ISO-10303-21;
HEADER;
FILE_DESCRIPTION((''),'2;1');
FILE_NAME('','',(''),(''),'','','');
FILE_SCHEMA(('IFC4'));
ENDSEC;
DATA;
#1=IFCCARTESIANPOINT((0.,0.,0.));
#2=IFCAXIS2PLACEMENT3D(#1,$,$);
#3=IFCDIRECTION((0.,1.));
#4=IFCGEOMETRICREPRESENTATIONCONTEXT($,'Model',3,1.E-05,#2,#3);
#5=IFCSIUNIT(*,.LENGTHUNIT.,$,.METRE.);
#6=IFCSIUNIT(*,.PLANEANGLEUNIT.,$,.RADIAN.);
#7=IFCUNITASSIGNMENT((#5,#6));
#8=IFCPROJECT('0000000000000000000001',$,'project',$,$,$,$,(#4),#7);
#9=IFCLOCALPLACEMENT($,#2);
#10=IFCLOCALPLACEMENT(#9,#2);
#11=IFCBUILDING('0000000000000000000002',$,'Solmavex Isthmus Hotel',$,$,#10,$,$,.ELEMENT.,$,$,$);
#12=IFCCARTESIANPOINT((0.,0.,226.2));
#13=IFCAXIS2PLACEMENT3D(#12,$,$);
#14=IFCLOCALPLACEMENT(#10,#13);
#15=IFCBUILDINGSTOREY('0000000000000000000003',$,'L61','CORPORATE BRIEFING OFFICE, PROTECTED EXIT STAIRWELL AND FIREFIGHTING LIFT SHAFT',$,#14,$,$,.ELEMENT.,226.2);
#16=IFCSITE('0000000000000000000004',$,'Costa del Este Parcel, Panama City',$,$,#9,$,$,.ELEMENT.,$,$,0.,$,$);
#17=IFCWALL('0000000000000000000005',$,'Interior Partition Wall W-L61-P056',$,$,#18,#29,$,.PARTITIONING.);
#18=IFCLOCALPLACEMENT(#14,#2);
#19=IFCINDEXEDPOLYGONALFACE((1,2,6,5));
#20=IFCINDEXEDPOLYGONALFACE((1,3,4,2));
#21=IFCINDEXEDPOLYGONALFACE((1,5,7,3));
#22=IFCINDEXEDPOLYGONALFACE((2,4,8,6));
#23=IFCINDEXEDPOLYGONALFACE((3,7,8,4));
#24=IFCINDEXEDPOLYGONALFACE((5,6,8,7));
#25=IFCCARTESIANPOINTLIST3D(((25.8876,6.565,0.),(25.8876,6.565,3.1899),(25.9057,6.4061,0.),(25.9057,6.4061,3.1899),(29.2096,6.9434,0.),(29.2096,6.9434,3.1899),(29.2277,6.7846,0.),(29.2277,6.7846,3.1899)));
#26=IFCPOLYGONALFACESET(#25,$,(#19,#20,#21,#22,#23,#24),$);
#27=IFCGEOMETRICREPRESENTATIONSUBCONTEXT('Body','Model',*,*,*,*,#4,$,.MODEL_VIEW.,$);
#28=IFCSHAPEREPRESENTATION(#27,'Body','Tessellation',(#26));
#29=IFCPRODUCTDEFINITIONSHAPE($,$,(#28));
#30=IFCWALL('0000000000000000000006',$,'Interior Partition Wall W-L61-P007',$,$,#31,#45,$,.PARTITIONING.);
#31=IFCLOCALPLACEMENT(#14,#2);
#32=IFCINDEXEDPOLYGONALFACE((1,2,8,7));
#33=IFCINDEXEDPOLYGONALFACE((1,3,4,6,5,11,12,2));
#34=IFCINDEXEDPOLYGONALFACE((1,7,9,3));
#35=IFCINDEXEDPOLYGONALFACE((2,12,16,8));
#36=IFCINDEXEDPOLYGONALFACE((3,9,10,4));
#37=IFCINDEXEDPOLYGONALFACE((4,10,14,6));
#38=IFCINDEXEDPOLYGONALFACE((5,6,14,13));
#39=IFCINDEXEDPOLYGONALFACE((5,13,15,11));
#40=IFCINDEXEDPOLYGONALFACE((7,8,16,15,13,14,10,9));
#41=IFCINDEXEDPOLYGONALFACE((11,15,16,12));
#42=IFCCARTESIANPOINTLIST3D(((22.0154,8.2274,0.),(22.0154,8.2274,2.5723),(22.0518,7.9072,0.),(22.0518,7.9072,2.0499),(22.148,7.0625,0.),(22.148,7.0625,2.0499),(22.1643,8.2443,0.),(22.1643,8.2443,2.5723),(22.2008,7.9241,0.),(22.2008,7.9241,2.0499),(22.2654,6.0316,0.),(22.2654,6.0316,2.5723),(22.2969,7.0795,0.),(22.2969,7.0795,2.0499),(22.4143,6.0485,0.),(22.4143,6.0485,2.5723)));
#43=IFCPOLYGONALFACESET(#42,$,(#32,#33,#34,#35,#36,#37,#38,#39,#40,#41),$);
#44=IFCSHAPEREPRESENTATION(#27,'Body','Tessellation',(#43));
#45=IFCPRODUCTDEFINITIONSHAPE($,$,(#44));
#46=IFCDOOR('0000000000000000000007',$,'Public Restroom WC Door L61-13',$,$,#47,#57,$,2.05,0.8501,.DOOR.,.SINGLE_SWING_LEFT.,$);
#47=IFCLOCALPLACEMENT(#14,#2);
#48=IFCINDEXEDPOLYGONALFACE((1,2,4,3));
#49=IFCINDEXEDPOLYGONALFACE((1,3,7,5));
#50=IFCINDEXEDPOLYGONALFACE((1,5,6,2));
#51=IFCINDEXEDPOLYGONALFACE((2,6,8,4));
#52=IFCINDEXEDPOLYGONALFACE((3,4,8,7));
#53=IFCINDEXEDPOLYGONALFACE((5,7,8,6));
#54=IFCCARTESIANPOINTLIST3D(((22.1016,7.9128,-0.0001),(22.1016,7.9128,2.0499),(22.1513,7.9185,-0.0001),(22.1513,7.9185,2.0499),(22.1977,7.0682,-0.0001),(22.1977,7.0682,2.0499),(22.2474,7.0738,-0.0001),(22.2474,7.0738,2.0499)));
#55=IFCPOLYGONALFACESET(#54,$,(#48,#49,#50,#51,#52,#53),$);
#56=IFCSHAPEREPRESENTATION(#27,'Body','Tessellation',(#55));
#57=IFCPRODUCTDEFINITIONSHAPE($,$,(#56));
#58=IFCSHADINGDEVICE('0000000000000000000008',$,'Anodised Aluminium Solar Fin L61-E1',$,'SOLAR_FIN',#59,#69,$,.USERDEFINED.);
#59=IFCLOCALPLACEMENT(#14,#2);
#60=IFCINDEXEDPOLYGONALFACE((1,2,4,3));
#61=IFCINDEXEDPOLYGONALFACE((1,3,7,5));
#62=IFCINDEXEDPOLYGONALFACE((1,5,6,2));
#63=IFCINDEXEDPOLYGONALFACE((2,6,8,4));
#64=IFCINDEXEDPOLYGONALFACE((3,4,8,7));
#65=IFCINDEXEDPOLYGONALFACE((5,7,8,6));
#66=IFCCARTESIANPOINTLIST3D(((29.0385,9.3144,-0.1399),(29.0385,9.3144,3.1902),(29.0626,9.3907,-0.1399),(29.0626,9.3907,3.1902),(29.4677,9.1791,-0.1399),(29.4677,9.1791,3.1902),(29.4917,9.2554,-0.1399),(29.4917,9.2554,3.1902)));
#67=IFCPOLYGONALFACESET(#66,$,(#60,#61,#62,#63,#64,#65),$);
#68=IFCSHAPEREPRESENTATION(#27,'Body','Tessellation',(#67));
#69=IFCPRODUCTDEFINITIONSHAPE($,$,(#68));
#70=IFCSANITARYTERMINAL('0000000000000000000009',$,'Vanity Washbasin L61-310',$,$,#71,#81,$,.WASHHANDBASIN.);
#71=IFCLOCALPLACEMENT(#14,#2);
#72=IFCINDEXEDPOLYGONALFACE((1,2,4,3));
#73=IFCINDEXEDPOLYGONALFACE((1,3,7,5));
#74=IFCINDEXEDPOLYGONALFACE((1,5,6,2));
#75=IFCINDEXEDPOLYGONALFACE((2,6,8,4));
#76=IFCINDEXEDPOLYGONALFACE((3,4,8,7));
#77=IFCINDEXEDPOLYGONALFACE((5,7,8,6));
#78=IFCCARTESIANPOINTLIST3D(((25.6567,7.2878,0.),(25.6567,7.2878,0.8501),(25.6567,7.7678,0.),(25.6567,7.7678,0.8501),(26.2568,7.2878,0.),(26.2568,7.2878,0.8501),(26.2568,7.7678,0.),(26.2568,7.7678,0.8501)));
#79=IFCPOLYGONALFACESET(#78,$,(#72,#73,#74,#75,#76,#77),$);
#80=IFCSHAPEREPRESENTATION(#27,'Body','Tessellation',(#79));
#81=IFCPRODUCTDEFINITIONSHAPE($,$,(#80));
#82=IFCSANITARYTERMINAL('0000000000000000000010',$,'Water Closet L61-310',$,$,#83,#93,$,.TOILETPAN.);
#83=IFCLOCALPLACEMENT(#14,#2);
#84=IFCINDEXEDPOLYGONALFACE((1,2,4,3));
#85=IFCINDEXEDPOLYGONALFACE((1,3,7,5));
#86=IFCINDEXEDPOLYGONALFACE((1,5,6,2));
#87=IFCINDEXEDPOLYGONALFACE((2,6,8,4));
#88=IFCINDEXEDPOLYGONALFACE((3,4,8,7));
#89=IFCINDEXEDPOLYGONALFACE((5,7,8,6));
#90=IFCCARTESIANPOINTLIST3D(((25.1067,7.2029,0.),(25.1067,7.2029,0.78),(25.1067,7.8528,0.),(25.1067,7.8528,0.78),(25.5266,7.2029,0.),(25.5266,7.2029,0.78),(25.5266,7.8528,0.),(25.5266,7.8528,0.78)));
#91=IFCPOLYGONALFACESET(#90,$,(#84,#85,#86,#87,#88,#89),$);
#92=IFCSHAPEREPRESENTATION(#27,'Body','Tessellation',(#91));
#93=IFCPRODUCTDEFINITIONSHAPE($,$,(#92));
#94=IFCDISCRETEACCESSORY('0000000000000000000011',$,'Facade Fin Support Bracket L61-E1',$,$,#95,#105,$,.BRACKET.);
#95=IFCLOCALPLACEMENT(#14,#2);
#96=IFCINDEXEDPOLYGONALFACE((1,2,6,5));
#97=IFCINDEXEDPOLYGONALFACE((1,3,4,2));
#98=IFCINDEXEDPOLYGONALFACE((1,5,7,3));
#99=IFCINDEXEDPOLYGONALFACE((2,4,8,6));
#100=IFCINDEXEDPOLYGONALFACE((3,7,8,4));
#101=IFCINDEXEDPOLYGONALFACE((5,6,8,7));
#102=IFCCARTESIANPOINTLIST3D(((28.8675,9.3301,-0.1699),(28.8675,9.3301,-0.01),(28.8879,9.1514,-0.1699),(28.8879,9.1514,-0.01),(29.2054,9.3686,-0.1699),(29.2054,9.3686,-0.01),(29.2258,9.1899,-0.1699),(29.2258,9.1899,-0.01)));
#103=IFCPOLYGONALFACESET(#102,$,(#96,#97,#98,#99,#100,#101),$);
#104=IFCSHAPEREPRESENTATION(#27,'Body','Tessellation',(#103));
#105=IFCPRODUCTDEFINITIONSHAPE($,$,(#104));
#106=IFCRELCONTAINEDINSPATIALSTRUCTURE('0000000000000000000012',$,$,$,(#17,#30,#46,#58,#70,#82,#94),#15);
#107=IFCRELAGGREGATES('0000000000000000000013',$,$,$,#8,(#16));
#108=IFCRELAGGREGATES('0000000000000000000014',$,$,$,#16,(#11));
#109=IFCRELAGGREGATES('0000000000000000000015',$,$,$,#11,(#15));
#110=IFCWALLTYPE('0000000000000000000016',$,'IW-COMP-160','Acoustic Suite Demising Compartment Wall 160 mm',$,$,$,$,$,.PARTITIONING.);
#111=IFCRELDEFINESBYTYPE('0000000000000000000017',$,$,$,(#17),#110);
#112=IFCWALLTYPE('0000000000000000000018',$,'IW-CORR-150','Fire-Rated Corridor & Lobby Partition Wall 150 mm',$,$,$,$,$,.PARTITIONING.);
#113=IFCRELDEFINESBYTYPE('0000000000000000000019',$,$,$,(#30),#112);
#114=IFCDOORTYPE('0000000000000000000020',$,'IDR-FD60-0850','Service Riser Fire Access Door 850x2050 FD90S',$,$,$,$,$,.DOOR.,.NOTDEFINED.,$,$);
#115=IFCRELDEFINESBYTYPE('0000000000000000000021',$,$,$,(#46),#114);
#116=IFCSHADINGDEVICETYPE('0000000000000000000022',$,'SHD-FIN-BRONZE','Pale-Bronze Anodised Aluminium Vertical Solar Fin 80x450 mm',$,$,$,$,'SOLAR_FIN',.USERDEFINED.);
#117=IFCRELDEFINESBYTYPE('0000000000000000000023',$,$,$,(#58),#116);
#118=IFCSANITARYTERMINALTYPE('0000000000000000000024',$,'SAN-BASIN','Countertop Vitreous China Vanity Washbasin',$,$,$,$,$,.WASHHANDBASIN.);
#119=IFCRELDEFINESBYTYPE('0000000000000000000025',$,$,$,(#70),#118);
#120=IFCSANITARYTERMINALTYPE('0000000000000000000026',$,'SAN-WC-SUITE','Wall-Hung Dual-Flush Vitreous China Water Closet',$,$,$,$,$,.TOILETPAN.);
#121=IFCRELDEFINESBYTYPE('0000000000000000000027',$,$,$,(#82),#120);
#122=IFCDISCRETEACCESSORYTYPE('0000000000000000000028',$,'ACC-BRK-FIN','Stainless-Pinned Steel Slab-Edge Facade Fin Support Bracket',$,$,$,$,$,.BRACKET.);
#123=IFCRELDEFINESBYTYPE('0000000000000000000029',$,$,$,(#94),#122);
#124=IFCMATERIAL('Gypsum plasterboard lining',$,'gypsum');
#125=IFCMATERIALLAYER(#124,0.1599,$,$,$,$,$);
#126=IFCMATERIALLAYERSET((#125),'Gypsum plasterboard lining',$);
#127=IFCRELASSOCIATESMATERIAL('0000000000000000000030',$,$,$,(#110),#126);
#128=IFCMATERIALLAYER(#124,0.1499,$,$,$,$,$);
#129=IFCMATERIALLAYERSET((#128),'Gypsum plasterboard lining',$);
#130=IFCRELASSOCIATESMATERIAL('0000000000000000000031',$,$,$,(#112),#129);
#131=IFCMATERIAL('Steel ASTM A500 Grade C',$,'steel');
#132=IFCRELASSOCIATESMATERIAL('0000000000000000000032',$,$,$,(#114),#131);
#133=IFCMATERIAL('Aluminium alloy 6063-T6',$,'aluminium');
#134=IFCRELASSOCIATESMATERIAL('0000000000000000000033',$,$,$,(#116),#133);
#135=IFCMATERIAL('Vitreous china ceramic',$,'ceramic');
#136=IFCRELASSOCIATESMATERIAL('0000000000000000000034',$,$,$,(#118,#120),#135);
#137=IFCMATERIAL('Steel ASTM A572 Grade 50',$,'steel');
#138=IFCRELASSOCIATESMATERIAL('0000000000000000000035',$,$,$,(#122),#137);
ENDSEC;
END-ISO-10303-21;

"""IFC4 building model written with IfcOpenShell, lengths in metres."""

from ifc_helpers import new_model, si_unit, direction, frame, frame_2d, origin, origin_2d, place, context, subcontext, project, spatial, rectangle, extrude, material, layer, layer_set, type_object, element, fill, save


model = new_model("IFC4")

# Units and contexts
model_context = context("Model", 3, precision=1e-05, world=origin(), true_north=direction((0.0, 1.0)))
body_context = subcontext(model_context, "Body", "Model", "MODEL_VIEW")
ifc_project = project(units=[si_unit("LENGTHUNIT", "METRE"), si_unit("PLANEANGLEUNIT", "RADIAN")], contexts=[model_context])

# Site, building, storey
site_placement = place(None, origin())
site = spatial("IfcSite", under=ifc_project, at=site_placement, Name="Costa del Este Parcel, Panama City", CompositionType="ELEMENT", RefElevation=0.0)
building_placement = place(site_placement, origin())
building = spatial("IfcBuilding", under=site, at=building_placement, Name="Solmavex Isthmus Hotel", CompositionType="ELEMENT")
storey_placement = place(building_placement, frame((0.0, 0.0, 226.2)))
storey = spatial("IfcBuildingStorey", under=building, at=storey_placement, Name="L61", Description="CORPORATE BRIEFING OFFICE, PROTECTED EXIT STAIRWELL AND FIREFIGHTING LIFT SHAFT", CompositionType="ELEMENT", Elevation=226.2)

# Shared definitions
ifc_material_1 = material(Name="Aluminium alloy 6063-T6", Category="aluminium")

# Wall
ifc_material_2 = material(Name="Gypsum plasterboard lining", Category="gypsum")
ifc_layer_1 = layer(ifc_material_2, 0.1599)
ifc_layer_set_1 = layer_set([ifc_layer_1], Name="Gypsum plasterboard lining")
wall_type_1 = type_object("IfcWallType", Name="IW-COMP-160", Description="Acoustic Suite Demising Compartment Wall 160 mm", PredefinedType="PARTITIONING", material=ifc_layer_set_1)
wall_1_placement = place(storey_placement, frame((29.2188, 6.864, 0.0), z_axis=(0.0, 0.0, 1.0), x_axis=(-0.993574, -0.11318, 0.0)))
element("IfcWall", 1, at=wall_1_placement, inside=storey, type_object=wall_type_1, Name="Interior Partition Wall W-L61-P056", PredefinedType="PARTITIONING", context=body_context, shape_type="SweptSolid", body=[
    extrude(rectangle(XDim=3.3435, YDim=0.1599, at=frame_2d((1.6719, 0.0))), origin(), (0.0, 0.0, 1.0), 3.1899),
])

# Wall, opening, door
ifc_layer_2 = layer(ifc_material_2, 0.1499)
ifc_layer_set_2 = layer_set([ifc_layer_2], Name="Gypsum plasterboard lining")
wall_type_2 = type_object("IfcWallType", Name="IW-CORR-150", Description="Fire-Rated Corridor & Lobby Partition Wall 150 mm", PredefinedType="PARTITIONING", material=ifc_layer_set_2)
wall_2_placement = place(storey_placement, frame((22.0898, 8.2358, 0.0), z_axis=(0.0, 0.0, 1.0), x_axis=(0.113123, -0.993581, 0.0)))
wall_2 = element("IfcWall", 2, at=wall_2_placement, inside=storey, type_object=wall_type_2, Name="Interior Partition Wall W-L61-P007", PredefinedType="PARTITIONING", context=body_context, shape_type="SweptSolid", body=[
    extrude(rectangle(XDim=2.21, YDim=0.1499, at=frame_2d((1.105, 0.0))), origin(), (0.0, 0.0, 1.0), 2.5723),
])
opening_1_placement = place(wall_2_placement, frame((0.3223, 0.0, 0.0)))
opening_1 = element("IfcOpeningElement", 3, at=opening_1_placement, cuts=wall_2, PredefinedType="OPENING", context=body_context, shape_type="SweptSolid", body=[
    extrude(rectangle(XDim=0.8501, YDim=2.05, at=frame_2d((0.425, 1.0249))), frame((0.0, 0.085, 0.0), z_axis=(0.0, -1.0, 0.0), x_axis=(1.0, 0.0, 0.0)), (0.0, 0.0, 1.0), 0.1699),
])
ifc_material_3 = material(Name="Steel ASTM A500 Grade C", Category="steel")
door_type_1 = type_object("IfcDoorType", Name="IDR-FD60-0850", Description="Service Riser Fire Access Door 850x2050 FD90S", OperationType="NOTDEFINED", PredefinedType="DOOR", material=ifc_material_3)
door_1_placement = place(opening_1_placement, frame((0.8501, 0.0, 0.0), z_axis=(0.0, 0.0, 1.0), x_axis=(-1.0, 0.0, 0.0)))
door_1 = element("IfcDoor", 4, at=door_1_placement, inside=storey, type_object=door_type_1, Name="Public Restroom WC Door L61-13", OperationType="SINGLE_SWING_LEFT", OverallHeight=2.05, OverallWidth=0.8501, PredefinedType="DOOR", context=body_context, shape_type="SweptSolid", body=[
    extrude(rectangle(XDim=0.8501, YDim=2.05, at=frame_2d((0.425, 1.0249))), frame((0.0, 0.0249, 0.0), z_axis=(0.0, -1.0, 0.0), x_axis=(1.0, 0.0, 0.0)), (0.0, 0.0, 1.0), 0.05),
])
fill(opening_1, door_1)

# Shading device
shading_device_type = type_object("IfcShadingDeviceType", Name="SHD-FIN-BRONZE", Description="Pale-Bronze Anodised Aluminium Vertical Solar Fin 80x450 mm", ElementType="SOLAR_FIN", PredefinedType="USERDEFINED", material=ifc_material_1)
shading_device_placement = place(storey_placement, frame((29.2651, 9.2849, -0.1399), z_axis=(0.0, 0.0, 1.0), x_axis=(0.953717, -0.300706, 0.0)))
element("IfcShadingDevice", 5, at=shading_device_placement, inside=storey, type_object=shading_device_type, Name="Anodised Aluminium Solar Fin L61-E1", ObjectType="SOLAR_FIN", PredefinedType="USERDEFINED", context=body_context, shape_type="SweptSolid", body=[
    extrude(rectangle(XDim=0.45, YDim=0.0801, at=origin_2d()), origin(), (0.0, 0.0, 1.0), 3.3301),
])

# Sanitary terminals
ifc_material_4 = material(Name="Vitreous china ceramic", Category="ceramic")
sanitary_terminal_type_1 = type_object("IfcSanitaryTerminalType", Name="SAN-BASIN", Description="Countertop Vitreous China Vanity Washbasin", PredefinedType="WASHHANDBASIN", material=ifc_material_4)
sanitary_terminal_1_placement = place(storey_placement, frame((25.9568, 7.5278, 0.0), z_axis=(0.0, 0.0, 1.0), x_axis=(1.0, 0.0, 0.0)))
element("IfcSanitaryTerminal", 6, at=sanitary_terminal_1_placement, inside=storey, type_object=sanitary_terminal_type_1, Name="Vanity Washbasin L61-310", PredefinedType="WASHHANDBASIN", context=body_context, shape_type="SweptSolid", body=[
    extrude(rectangle(XDim=0.6001, YDim=0.48, at=origin_2d()), origin(), (0.0, 0.0, 1.0), 0.8501),
])
sanitary_terminal_type_2 = type_object("IfcSanitaryTerminalType", Name="SAN-WC-SUITE", Description="Wall-Hung Dual-Flush Vitreous China Water Closet", PredefinedType="TOILETPAN", material=ifc_material_4)
sanitary_terminal_2_placement = place(storey_placement, frame((25.3167, 7.5278, 0.0), z_axis=(0.0, 0.0, 1.0), x_axis=(1.0, 0.0, 0.0)))
element("IfcSanitaryTerminal", 7, at=sanitary_terminal_2_placement, inside=storey, type_object=sanitary_terminal_type_2, Name="Water Closet L61-310", PredefinedType="TOILETPAN", context=body_context, shape_type="SweptSolid", body=[
    extrude(rectangle(XDim=0.4199, YDim=0.6499, at=origin_2d()), origin(), (0.0, 0.0, 1.0), 0.78),
])

# Discrete accessory
ifc_material_5 = material(Name="Steel ASTM A572 Grade 50", Category="steel")
discrete_accessory_type = type_object("IfcDiscreteAccessoryType", Name="ACC-BRK-FIN", Description="Stainless-Pinned Steel Slab-Edge Facade Fin Support Bracket", PredefinedType="BRACKET", material=ifc_material_5)
discrete_accessory_placement = place(storey_placement, frame((29.0466, 9.26, -0.1699), z_axis=(0.0, 0.0, 1.0), x_axis=(0.993572, 0.113203, 0.0)))
element("IfcDiscreteAccessory", 8, at=discrete_accessory_placement, inside=storey, type_object=discrete_accessory_type, Name="Facade Fin Support Bracket L61-E1", PredefinedType="BRACKET", context=body_context, shape_type="SweptSolid", body=[
    extrude(rectangle(XDim=0.3401, YDim=0.1799, at=origin_2d()), origin(), (0.0, 0.0, 1.0), 0.1599),
])

save(model, "model.ifc")
